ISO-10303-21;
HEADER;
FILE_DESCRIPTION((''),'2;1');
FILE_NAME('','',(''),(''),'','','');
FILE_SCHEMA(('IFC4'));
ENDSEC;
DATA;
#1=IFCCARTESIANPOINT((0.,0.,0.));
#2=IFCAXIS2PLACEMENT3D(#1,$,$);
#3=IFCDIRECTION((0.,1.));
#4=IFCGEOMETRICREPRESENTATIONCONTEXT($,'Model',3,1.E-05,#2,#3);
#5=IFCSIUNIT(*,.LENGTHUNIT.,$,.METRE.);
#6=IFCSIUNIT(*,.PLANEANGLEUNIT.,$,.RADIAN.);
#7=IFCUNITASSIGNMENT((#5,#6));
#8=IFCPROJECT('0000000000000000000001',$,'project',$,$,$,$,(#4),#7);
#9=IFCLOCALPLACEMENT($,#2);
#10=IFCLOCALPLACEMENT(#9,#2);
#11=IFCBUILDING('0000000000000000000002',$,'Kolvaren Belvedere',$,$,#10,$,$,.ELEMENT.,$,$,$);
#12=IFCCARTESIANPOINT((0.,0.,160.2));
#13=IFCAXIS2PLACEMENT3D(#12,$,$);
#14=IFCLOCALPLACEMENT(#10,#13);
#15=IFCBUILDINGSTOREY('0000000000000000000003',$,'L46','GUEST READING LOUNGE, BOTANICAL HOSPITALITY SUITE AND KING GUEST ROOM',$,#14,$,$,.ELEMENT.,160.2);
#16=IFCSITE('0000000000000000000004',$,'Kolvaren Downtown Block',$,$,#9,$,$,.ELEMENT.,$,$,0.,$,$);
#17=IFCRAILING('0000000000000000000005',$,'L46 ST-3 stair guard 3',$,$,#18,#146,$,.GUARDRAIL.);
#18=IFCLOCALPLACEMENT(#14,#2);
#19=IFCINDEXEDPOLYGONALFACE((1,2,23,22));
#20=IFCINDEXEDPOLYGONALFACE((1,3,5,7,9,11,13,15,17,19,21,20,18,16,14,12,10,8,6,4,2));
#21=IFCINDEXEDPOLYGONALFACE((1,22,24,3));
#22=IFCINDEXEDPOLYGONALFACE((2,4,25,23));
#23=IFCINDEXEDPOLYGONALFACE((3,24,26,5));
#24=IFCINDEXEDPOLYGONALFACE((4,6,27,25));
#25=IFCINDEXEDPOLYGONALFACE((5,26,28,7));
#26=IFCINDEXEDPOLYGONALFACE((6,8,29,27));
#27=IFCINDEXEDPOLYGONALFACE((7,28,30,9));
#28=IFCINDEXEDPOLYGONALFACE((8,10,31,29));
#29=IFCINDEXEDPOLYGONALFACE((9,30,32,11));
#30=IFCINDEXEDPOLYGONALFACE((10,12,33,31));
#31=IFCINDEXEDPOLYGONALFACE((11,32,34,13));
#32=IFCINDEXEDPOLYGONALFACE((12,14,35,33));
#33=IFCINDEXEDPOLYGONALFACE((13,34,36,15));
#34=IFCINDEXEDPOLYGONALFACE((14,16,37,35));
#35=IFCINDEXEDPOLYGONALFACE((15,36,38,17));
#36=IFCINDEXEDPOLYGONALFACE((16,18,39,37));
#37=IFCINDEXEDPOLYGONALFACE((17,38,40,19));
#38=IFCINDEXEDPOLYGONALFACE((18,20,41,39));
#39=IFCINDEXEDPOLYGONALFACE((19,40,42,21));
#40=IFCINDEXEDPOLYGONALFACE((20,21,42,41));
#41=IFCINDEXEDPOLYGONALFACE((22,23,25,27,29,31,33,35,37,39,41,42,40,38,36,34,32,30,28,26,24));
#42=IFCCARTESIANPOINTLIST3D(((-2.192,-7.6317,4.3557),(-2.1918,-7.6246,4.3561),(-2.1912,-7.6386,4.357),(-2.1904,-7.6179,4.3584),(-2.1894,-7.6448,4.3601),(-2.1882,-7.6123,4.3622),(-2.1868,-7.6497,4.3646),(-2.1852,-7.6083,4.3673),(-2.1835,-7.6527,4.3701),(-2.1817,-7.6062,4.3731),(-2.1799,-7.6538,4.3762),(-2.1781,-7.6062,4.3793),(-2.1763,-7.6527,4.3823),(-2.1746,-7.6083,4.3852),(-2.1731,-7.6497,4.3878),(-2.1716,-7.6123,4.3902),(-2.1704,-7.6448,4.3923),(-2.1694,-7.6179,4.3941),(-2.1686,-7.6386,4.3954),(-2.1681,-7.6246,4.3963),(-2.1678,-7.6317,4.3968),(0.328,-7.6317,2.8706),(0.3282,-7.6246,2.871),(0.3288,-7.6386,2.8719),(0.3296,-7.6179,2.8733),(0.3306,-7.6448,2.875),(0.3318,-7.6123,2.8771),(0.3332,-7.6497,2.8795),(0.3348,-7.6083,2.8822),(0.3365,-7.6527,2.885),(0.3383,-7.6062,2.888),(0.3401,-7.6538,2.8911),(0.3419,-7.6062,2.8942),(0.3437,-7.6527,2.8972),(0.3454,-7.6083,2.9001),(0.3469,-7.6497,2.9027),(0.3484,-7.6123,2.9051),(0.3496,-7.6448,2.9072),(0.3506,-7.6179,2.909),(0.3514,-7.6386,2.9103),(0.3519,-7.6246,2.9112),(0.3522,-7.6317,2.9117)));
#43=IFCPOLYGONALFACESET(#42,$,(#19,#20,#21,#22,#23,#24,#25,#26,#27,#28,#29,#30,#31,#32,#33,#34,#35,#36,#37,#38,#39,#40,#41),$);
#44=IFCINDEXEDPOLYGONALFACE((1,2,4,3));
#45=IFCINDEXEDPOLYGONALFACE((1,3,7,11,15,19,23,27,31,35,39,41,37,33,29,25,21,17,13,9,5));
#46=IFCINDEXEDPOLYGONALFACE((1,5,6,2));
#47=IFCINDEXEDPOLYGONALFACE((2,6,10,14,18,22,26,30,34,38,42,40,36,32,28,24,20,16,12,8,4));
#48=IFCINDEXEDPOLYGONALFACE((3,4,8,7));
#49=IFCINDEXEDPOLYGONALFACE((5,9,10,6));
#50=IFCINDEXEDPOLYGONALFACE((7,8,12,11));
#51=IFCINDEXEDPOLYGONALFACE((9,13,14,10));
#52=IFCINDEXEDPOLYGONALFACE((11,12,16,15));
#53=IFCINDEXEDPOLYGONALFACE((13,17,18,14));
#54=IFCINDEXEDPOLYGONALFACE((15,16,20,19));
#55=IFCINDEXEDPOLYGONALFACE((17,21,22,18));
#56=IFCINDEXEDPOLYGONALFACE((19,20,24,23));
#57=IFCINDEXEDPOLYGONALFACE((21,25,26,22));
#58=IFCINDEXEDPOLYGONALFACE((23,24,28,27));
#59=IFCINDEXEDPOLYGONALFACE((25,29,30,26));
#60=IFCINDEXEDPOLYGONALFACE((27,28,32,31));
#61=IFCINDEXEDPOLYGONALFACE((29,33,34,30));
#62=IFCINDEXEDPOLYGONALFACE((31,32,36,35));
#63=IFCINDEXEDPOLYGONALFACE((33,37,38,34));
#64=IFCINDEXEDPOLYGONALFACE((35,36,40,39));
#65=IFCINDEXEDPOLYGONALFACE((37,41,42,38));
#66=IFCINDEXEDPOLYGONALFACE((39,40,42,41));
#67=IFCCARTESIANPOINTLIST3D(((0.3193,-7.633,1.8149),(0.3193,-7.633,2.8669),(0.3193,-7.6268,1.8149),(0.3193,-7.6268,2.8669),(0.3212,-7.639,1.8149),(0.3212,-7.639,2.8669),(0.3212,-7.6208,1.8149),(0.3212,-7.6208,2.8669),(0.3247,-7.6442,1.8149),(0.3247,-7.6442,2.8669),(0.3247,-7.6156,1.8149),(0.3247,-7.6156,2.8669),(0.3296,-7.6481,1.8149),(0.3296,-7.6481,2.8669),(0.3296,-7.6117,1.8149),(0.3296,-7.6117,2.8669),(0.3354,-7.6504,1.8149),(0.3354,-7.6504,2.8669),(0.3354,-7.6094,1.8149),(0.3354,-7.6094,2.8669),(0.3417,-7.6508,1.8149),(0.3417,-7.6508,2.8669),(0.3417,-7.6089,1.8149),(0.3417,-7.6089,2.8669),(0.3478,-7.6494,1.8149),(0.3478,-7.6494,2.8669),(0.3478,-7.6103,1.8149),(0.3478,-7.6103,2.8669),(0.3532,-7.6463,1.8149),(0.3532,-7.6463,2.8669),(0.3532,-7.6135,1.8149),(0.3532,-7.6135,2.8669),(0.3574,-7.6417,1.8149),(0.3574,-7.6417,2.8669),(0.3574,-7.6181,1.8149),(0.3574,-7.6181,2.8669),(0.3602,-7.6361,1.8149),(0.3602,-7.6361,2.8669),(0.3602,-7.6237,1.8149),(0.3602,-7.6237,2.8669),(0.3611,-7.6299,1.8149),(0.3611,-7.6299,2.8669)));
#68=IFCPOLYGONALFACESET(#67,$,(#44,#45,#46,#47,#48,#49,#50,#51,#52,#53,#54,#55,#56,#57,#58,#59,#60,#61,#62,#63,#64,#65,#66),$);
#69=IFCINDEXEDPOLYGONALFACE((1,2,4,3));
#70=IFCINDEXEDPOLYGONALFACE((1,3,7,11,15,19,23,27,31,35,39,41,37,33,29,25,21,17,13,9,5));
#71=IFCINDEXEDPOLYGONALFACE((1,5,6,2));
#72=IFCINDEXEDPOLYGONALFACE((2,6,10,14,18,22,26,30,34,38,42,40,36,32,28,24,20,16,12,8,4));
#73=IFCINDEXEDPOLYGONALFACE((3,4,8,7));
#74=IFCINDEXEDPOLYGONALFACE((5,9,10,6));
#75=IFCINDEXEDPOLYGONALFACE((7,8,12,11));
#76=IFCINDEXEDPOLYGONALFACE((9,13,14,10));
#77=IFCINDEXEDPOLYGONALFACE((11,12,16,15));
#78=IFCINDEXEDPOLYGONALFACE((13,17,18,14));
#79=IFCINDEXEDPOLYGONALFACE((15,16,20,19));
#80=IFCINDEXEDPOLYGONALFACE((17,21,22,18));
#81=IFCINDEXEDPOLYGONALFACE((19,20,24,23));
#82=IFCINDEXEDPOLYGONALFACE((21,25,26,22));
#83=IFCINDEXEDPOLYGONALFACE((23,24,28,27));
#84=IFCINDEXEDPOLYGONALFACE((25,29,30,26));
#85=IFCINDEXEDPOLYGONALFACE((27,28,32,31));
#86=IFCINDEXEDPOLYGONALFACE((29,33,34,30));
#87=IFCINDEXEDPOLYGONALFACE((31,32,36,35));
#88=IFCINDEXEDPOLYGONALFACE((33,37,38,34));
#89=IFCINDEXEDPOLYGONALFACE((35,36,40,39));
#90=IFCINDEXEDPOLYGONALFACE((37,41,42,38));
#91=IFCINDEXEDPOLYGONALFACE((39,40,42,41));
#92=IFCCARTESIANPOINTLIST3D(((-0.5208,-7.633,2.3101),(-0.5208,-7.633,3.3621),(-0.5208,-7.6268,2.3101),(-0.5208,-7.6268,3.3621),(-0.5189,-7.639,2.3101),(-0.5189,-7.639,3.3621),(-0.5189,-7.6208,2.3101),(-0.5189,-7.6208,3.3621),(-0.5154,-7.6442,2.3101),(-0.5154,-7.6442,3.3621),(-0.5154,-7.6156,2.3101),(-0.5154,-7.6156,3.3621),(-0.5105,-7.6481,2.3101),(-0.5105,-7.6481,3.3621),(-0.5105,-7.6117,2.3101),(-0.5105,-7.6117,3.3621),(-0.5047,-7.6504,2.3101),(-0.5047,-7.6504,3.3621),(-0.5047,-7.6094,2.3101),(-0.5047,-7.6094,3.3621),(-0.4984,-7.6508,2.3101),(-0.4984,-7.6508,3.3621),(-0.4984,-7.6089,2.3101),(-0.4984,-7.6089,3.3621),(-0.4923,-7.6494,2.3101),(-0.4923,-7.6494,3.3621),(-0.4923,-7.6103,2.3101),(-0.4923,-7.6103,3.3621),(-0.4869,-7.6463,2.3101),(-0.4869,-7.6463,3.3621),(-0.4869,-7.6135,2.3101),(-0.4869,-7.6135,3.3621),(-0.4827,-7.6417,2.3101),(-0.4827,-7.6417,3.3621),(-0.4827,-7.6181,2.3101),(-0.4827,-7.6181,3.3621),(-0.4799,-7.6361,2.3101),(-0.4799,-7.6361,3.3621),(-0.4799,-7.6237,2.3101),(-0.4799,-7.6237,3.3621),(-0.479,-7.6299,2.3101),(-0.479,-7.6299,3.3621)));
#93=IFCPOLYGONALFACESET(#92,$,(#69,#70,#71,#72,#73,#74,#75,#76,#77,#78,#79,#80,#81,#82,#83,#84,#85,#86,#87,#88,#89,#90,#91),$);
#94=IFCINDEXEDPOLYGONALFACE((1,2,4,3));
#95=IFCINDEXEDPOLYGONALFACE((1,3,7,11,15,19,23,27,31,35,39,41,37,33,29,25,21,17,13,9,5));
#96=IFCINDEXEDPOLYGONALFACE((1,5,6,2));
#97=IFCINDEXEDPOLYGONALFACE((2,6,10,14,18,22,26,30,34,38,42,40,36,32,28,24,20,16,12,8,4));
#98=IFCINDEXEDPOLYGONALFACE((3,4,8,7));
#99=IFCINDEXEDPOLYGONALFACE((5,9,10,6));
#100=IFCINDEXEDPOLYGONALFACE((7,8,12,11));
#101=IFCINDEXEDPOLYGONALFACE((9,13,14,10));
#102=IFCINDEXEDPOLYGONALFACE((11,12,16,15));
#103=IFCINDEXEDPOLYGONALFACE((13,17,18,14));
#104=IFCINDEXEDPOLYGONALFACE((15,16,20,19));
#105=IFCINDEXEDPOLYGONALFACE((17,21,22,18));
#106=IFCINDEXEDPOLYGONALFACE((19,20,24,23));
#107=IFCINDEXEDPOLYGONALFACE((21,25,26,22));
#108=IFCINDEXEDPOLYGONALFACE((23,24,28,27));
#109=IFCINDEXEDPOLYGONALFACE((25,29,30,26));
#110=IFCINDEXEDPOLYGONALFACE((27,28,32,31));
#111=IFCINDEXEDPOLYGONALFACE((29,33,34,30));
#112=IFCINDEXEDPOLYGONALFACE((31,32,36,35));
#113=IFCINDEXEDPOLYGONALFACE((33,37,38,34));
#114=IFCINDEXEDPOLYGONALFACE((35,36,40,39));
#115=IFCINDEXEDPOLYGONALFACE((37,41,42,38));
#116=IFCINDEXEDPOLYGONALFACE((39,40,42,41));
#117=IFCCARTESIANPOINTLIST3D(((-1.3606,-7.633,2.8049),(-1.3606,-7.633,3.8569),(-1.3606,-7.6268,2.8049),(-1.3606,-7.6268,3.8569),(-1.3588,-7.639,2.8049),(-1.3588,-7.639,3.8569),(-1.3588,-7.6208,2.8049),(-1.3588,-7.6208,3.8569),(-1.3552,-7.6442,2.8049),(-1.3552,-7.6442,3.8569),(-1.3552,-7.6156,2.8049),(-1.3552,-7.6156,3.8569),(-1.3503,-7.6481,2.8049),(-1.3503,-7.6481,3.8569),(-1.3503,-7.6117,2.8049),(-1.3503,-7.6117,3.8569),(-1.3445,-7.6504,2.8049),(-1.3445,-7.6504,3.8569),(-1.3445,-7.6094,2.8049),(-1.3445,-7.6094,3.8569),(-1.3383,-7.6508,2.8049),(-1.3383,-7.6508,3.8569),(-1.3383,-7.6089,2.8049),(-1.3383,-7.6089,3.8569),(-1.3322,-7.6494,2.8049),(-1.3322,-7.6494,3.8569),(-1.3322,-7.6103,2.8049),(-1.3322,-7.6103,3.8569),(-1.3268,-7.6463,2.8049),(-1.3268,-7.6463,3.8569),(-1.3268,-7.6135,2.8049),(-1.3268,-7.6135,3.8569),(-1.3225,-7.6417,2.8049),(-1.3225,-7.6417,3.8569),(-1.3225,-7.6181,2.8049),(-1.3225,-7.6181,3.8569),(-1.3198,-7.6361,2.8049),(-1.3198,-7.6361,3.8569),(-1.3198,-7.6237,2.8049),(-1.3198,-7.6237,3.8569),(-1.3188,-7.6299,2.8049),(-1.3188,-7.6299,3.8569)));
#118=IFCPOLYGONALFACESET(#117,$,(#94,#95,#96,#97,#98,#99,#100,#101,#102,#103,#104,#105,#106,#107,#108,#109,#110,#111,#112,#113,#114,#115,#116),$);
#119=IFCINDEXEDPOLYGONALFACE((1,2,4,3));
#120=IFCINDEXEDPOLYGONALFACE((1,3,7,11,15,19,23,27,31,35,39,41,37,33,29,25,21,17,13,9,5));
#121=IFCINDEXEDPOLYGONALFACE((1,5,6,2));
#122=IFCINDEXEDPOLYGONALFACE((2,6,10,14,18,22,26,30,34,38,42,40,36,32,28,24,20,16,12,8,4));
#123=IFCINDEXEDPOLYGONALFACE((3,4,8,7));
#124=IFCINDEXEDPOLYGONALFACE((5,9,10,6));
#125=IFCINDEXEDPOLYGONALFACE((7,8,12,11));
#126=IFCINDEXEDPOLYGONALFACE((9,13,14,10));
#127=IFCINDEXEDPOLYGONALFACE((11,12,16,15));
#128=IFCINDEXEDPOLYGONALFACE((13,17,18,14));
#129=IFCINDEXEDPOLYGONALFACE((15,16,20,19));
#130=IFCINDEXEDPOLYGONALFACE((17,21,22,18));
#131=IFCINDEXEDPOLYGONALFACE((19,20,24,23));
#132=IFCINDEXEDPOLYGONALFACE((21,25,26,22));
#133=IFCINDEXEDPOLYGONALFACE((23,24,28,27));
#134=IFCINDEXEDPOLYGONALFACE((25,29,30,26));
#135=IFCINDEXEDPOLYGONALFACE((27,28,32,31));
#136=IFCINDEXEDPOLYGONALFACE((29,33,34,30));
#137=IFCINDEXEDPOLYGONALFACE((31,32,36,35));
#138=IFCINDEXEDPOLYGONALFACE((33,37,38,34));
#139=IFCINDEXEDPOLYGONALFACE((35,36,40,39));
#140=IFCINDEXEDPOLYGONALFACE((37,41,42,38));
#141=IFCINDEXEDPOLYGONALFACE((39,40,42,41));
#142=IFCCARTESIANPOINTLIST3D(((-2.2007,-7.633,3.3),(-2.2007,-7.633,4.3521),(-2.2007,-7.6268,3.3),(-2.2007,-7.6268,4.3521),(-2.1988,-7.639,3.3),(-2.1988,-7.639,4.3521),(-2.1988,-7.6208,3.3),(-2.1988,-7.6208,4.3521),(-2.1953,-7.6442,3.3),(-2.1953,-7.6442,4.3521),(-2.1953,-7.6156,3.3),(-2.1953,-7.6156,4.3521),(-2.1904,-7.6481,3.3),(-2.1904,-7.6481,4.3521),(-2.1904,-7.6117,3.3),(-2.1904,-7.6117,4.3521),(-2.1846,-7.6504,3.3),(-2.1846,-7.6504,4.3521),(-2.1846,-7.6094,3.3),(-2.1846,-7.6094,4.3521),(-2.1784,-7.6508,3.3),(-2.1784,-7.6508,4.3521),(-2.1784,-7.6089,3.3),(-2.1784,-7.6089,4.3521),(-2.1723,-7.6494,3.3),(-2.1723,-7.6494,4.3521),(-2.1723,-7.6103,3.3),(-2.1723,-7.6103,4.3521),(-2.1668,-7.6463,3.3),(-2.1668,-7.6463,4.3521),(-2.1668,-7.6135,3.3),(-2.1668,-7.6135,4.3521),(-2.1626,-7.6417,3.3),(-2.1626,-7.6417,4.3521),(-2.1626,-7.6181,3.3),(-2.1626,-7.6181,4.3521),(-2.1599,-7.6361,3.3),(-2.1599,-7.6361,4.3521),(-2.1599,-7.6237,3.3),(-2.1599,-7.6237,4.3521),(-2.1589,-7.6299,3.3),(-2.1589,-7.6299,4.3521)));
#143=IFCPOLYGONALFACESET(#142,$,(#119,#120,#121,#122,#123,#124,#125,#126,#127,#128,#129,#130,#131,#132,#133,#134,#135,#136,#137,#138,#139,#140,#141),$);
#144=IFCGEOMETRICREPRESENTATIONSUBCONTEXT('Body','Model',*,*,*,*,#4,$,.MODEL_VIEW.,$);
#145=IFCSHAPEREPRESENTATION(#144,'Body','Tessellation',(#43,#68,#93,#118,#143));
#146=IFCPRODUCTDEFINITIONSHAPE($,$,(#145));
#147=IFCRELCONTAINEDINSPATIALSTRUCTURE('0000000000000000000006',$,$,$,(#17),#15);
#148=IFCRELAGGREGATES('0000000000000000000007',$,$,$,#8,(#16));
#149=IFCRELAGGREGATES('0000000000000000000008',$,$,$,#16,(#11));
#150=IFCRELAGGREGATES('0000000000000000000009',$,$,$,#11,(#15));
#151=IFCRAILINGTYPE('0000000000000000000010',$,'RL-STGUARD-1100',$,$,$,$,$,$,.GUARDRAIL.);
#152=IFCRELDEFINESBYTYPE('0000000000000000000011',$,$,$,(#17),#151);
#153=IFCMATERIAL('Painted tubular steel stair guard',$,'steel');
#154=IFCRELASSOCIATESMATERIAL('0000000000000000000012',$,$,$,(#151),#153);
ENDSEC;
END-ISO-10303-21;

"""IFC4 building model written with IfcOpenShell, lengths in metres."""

from ifc_helpers import new_model, si_unit, direction, frame, origin, origin_2d, place, context, subcontext, project, spatial, circle, extrude, material, type_object, element, save


model = new_model("IFC4")

# Units and contexts
model_context = context("Model", 3, precision=1e-05, world=origin(), true_north=direction((0.0, 1.0)))
body_context = subcontext(model_context, "Body", "Model", "MODEL_VIEW")
ifc_project = project(units=[si_unit("LENGTHUNIT", "METRE"), si_unit("PLANEANGLEUNIT", "RADIAN")], contexts=[model_context])

# Site, building, storey
site_placement = place(None, origin())
site = spatial("IfcSite", under=ifc_project, at=site_placement, Name="Kolvaren Downtown Block", CompositionType="ELEMENT", RefElevation=0.0)
building_placement = place(site_placement, origin())
building = spatial("IfcBuilding", under=site, at=building_placement, Name="Kolvaren Belvedere", CompositionType="ELEMENT")
storey_placement = place(building_placement, frame((0.0, 0.0, 160.2)))
storey = spatial("IfcBuildingStorey", under=building, at=storey_placement, Name="L46", Description="GUEST READING LOUNGE, BOTANICAL HOSPITALITY SUITE AND KING GUEST ROOM", CompositionType="ELEMENT", Elevation=160.2)

# Railing
ifc_material_1 = material(Name="Painted tubular steel stair guard", Category="steel")
railing_type_1 = type_object("IfcRailingType", Name="RL-STGUARD-1100", PredefinedType="GUARDRAIL", material=ifc_material_1)
railing_1_placement = place(storey_placement, frame((0.3401, -7.6299, 1.8149)))
element("IfcRailing", 1, at=railing_1_placement, inside=storey, type_object=railing_type_1, Name="L46 ST-3 stair guard 3", PredefinedType="GUARDRAIL", context=body_context, shape_type="SweptSolid", body=[
    extrude(circle(Radius=0.0239, at=origin_2d()), frame((0.0, 0.0, 1.0762), z_axis=(-0.861524, 0.0, 0.507717), x_axis=(0.0, -1.0, 0.0)), (0.0, 0.0, 1.0), 2.925),
    extrude(circle(Radius=0.021, at=origin_2d()), origin(), (0.0, 0.0, 1.0), 1.052),
    extrude(circle(Radius=0.021, at=origin_2d()), frame((-0.8401, 0.0, 0.4951)), (0.0, 0.0, 1.0), 1.052),
    extrude(circle(Radius=0.021, at=origin_2d()), frame((-1.6799, 0.0, 0.99)), (0.0, 0.0, 1.0), 1.052),
    extrude(circle(Radius=0.021, at=origin_2d()), frame((-2.52, 0.0, 1.4851)), (0.0, 0.0, 1.0), 1.052),
])

save(model, "model.ifc")
